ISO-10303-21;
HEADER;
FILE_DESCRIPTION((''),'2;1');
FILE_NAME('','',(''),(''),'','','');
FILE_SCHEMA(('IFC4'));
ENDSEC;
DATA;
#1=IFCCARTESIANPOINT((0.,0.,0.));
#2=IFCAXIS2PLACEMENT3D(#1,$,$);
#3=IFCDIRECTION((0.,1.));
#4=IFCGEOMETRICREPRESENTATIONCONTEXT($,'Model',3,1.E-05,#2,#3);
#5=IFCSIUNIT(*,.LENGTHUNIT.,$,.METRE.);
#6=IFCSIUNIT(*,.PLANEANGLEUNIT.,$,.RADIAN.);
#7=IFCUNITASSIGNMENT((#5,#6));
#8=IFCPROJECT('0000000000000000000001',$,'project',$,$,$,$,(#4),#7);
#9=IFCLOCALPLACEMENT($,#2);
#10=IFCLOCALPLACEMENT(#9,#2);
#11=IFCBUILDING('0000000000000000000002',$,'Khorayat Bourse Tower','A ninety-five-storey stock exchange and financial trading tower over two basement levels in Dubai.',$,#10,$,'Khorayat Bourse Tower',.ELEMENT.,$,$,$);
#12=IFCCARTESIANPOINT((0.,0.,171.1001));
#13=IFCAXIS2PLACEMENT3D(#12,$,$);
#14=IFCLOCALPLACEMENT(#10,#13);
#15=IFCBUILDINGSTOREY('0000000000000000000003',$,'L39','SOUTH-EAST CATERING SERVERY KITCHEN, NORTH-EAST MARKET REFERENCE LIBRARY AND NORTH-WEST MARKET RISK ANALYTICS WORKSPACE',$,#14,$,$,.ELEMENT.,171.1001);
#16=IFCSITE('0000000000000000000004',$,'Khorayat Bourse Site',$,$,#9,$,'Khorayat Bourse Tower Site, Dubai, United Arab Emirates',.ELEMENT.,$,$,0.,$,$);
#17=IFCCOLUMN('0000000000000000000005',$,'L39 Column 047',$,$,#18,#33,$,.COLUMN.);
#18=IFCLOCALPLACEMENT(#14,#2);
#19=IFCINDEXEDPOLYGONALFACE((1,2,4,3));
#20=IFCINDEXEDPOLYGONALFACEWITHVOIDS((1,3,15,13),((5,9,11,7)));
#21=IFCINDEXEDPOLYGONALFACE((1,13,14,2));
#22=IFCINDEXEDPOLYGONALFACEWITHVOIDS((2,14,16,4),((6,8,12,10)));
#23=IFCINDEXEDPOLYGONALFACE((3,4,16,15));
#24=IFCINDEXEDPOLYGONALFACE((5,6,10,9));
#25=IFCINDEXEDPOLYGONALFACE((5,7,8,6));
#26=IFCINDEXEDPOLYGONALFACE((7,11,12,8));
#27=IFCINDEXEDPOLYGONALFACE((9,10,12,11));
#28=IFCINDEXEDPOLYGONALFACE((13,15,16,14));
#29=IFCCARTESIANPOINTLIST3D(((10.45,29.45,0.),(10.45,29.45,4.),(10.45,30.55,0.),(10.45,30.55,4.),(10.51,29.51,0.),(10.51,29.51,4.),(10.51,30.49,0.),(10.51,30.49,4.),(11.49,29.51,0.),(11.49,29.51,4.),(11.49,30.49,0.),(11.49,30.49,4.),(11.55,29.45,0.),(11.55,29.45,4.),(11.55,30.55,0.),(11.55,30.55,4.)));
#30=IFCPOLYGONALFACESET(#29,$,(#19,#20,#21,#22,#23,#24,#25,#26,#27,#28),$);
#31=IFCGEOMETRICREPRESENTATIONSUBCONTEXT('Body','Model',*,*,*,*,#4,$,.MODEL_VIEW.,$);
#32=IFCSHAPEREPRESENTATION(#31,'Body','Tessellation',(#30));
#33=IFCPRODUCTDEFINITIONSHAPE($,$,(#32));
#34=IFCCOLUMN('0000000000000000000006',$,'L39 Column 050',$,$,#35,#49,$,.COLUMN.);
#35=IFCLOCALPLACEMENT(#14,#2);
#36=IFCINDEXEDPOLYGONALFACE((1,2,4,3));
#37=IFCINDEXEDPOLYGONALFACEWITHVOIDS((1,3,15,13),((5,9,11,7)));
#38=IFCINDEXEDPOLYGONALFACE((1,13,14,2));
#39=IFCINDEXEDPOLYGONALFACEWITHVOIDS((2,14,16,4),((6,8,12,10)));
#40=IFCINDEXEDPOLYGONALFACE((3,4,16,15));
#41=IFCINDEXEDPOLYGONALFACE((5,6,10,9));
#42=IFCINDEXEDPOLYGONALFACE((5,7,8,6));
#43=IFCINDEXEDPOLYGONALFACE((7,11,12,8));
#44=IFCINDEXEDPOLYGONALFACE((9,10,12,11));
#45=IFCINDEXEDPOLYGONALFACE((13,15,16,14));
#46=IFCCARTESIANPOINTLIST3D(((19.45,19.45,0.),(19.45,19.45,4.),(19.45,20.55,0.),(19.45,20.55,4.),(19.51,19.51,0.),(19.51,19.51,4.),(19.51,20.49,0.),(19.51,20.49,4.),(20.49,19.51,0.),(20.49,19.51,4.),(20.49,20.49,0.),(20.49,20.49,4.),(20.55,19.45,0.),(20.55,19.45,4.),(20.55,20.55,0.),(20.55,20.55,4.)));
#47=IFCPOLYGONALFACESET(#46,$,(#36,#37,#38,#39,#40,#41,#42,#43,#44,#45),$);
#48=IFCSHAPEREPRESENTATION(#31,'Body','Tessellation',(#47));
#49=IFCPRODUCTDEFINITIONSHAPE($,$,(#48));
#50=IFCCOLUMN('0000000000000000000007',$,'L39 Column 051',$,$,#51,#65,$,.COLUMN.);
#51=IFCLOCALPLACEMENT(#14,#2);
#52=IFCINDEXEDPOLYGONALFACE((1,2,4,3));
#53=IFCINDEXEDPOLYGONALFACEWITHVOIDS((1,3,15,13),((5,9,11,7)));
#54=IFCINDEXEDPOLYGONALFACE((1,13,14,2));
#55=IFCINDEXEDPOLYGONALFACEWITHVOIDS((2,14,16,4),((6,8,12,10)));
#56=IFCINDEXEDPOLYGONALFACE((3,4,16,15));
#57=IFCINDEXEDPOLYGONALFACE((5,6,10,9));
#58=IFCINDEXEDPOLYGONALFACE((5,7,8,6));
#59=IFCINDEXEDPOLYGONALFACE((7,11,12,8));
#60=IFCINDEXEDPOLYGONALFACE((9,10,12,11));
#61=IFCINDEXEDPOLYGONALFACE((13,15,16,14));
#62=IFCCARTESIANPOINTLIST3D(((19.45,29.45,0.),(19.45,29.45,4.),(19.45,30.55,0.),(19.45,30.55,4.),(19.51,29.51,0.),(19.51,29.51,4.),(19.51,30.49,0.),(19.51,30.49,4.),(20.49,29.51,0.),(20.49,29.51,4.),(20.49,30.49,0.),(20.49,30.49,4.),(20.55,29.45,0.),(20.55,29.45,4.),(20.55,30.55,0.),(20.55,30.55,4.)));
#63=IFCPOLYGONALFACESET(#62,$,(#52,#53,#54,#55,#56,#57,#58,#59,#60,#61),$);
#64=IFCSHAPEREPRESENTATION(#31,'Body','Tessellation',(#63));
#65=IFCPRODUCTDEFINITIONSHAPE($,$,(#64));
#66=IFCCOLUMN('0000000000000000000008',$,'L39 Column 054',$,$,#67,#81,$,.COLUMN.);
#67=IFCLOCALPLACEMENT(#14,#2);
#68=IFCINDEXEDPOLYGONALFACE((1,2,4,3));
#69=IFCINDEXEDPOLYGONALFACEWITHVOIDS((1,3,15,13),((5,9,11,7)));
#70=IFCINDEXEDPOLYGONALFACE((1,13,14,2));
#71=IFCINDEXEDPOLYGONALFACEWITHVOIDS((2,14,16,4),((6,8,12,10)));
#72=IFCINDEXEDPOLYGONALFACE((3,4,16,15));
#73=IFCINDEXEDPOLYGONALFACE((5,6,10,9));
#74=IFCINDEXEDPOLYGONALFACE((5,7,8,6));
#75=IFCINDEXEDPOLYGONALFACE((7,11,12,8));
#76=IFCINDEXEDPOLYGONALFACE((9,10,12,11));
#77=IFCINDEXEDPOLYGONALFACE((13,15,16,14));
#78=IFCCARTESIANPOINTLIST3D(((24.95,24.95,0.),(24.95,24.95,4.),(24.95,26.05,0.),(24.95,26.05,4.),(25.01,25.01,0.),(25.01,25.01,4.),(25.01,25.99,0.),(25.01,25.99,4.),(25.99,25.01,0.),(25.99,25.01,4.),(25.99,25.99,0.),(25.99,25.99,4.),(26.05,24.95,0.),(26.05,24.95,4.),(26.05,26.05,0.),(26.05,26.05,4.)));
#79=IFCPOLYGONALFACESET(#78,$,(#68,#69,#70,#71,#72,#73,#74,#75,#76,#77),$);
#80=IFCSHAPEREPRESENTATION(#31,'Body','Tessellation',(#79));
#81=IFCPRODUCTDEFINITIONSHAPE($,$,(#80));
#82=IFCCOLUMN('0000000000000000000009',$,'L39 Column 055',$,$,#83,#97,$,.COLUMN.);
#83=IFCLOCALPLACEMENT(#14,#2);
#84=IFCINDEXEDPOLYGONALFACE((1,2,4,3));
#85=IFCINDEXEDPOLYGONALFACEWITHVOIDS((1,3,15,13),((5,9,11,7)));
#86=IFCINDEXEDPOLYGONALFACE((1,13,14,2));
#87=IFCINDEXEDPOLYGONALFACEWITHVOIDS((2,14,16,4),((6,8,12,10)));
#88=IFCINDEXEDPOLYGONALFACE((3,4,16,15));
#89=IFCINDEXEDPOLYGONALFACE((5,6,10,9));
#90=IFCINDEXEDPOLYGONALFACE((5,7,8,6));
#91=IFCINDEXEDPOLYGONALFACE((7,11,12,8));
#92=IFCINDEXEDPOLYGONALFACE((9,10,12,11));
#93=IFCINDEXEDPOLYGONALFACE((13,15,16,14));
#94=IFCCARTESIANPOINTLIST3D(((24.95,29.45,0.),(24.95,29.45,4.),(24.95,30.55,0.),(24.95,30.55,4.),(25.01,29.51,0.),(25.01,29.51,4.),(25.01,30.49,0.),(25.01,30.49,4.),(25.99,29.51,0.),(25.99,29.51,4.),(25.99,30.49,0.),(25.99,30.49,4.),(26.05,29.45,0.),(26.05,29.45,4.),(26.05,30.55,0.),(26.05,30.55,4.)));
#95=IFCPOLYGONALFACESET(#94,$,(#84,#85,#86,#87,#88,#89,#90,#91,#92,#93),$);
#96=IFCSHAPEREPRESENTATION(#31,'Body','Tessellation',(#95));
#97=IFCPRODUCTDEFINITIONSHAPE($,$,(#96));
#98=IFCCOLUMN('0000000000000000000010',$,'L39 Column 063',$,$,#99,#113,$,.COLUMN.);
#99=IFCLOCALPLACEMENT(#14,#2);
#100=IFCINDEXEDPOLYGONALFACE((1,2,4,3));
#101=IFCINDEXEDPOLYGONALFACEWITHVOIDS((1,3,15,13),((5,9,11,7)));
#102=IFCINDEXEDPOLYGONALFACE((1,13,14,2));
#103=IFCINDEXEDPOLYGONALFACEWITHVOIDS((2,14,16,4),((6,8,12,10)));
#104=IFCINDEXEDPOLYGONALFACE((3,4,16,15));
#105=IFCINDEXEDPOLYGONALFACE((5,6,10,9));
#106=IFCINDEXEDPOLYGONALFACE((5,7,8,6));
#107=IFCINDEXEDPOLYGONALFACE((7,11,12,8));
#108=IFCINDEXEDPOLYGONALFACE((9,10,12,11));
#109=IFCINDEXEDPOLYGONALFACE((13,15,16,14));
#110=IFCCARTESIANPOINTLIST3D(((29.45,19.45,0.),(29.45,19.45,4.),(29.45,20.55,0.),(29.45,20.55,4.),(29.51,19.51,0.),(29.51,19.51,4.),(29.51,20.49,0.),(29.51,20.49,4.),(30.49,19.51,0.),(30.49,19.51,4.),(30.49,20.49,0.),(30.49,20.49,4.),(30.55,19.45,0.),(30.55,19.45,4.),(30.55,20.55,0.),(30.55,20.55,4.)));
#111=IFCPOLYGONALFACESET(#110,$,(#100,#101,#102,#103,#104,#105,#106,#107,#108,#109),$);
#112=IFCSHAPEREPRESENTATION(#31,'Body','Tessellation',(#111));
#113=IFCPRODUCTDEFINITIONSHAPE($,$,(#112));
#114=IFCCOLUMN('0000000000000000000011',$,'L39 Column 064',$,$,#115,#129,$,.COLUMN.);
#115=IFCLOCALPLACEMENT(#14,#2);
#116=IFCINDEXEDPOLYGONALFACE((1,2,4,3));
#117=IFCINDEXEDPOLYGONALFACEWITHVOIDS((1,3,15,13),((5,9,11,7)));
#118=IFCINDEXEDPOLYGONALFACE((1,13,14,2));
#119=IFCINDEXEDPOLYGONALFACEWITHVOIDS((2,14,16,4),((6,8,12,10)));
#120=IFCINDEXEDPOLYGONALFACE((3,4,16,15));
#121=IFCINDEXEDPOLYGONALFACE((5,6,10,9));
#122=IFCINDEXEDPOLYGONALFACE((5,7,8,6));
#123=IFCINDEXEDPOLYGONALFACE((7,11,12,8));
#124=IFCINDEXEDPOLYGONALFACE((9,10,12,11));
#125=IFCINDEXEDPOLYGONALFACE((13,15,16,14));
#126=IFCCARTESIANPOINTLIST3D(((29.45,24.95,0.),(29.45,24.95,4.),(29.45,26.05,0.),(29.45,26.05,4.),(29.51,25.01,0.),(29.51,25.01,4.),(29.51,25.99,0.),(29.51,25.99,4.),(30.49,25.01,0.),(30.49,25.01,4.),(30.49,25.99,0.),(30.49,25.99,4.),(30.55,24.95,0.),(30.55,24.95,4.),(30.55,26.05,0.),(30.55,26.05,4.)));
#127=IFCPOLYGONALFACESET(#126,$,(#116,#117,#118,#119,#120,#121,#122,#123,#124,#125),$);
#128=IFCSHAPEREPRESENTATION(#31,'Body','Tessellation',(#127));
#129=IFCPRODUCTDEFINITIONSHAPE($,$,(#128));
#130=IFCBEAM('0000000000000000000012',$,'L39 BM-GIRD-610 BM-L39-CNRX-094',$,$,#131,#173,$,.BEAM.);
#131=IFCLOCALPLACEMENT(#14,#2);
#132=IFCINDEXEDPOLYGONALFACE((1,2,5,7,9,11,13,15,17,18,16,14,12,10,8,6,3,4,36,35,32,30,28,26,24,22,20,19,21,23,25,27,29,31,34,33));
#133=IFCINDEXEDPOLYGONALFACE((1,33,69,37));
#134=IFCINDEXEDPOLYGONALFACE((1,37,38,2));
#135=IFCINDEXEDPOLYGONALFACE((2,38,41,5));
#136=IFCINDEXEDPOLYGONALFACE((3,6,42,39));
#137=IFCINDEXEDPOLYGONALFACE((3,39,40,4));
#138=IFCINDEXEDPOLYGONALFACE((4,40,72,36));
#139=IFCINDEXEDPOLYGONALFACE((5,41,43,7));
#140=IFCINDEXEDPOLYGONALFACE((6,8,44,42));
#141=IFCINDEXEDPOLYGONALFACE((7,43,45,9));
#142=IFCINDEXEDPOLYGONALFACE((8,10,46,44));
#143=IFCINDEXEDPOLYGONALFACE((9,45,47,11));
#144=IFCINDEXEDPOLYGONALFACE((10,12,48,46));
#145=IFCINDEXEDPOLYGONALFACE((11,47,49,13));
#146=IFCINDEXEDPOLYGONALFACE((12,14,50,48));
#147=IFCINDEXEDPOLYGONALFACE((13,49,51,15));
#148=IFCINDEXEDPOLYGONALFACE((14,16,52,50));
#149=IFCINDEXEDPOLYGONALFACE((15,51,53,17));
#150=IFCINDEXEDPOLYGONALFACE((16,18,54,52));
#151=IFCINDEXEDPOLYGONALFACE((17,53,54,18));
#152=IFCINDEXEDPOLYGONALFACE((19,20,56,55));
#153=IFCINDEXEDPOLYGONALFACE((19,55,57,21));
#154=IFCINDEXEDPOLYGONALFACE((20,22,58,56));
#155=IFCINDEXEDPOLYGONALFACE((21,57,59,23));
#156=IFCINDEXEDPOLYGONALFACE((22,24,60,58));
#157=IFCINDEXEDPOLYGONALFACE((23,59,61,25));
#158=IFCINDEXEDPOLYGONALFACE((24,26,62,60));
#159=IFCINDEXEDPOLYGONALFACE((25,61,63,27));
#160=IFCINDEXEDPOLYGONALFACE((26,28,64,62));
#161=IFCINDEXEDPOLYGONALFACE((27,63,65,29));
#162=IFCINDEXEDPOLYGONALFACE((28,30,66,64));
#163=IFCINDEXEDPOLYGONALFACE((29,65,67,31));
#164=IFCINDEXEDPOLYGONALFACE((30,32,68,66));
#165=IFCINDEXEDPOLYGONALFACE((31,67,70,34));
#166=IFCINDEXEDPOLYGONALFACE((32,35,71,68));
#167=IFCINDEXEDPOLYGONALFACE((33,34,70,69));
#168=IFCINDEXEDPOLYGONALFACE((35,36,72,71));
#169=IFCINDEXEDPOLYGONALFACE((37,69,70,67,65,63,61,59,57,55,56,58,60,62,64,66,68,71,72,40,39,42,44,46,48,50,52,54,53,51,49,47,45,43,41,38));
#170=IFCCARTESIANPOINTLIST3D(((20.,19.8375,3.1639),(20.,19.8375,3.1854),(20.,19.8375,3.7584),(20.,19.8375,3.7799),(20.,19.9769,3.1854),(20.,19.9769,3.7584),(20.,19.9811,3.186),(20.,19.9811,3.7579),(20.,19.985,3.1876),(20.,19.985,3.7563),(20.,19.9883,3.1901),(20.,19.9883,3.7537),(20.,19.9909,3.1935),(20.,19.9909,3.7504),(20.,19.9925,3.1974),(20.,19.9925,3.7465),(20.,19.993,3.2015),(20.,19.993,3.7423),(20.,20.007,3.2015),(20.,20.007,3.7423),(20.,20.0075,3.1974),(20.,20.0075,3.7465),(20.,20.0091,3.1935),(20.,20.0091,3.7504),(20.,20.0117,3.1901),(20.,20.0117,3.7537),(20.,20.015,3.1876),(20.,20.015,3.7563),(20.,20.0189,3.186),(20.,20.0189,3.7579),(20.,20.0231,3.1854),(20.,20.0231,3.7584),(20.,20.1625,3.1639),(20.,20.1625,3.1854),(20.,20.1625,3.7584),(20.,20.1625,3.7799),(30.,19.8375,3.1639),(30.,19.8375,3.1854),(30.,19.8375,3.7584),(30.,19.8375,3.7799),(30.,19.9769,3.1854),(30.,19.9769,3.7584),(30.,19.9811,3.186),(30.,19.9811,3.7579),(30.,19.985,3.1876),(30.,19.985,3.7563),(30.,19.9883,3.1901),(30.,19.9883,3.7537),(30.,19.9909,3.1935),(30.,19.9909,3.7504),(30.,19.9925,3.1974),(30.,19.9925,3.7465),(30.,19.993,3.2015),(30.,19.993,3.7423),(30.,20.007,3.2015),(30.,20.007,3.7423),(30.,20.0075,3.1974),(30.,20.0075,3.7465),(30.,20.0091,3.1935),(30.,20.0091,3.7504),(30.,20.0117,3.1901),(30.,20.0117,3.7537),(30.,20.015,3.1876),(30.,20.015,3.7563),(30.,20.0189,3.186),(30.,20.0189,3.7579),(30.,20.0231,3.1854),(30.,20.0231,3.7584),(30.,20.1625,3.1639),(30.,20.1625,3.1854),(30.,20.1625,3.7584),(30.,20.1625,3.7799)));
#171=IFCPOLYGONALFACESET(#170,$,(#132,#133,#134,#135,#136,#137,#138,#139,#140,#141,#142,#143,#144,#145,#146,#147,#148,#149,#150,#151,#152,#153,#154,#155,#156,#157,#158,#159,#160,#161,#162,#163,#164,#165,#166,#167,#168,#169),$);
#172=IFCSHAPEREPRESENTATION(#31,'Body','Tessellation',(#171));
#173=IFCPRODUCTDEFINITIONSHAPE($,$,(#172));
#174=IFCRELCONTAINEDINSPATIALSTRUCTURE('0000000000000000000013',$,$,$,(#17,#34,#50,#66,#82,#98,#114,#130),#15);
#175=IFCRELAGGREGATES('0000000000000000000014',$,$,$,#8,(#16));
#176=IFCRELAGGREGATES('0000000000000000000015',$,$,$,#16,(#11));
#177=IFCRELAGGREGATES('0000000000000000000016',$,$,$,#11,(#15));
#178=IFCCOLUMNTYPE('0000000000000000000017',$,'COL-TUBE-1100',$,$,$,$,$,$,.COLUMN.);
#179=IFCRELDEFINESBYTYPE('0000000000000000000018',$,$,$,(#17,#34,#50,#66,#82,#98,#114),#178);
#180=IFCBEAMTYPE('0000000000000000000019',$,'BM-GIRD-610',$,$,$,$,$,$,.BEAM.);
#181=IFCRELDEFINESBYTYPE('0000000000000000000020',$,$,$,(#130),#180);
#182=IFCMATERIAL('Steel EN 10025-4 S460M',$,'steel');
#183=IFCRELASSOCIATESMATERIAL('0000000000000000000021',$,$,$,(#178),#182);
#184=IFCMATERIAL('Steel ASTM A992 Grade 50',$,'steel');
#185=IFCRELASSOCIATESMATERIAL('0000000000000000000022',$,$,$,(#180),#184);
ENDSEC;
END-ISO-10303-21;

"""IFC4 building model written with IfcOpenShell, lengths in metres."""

from ifc_helpers import new_model, si_unit, direction, frame, origin, origin_2d, place, context, subcontext, project, spatial, hollow_rectangle, i_section, extrude, source, transform, mapped, material, material_profile, profile_set, type_object, element, save


model = new_model("IFC4")

# Units and contexts
model_context = context("Model", 3, precision=1e-05, world=origin(), true_north=direction((0.0, 1.0)))
body_context = subcontext(model_context, "Body", "Model", "MODEL_VIEW")
ifc_project = project(units=[si_unit("LENGTHUNIT", "METRE"), si_unit("PLANEANGLEUNIT", "RADIAN")], contexts=[model_context])

# Site, building, storey
site_placement = place(None, origin())
site = spatial("IfcSite", under=ifc_project, at=site_placement, Name="Khorayat Bourse Site", LongName="Khorayat Bourse Tower Site, Dubai, United Arab Emirates", CompositionType="ELEMENT", RefElevation=0.0)
building_placement = place(site_placement, origin())
building = spatial("IfcBuilding", under=site, at=building_placement, Name="Khorayat Bourse Tower", Description="A ninety-five-storey stock exchange and financial trading tower over two basement levels in Dubai.", LongName="Khorayat Bourse Tower", CompositionType="ELEMENT")
storey_placement = place(building_placement, frame((0.0, 0.0, 171.1001)))
storey = spatial("IfcBuildingStorey", under=building, at=storey_placement, Name="L39", Description="SOUTH-EAST CATERING SERVERY KITCHEN, NORTH-EAST MARKET REFERENCE LIBRARY AND NORTH-WEST MARKET RISK ANALYTICS WORKSPACE", CompositionType="ELEMENT", Elevation=171.1001)

# Columns
ifc_material_1 = material(Name="Steel EN 10025-4 S460M", Category="steel")
ifc_material_profile_1 = material_profile(ifc_material_1, hollow_rectangle(XDim=1.1001, YDim=1.1001, WallThickness=0.0601, at=origin_2d()), Name="BOX 1100x1100x60")
ifc_profile_set_1 = profile_set([ifc_material_profile_1], Name="Steel EN 10025-4 S460M")
column_type = type_object("IfcColumnType", Name="COL-TUBE-1100", PredefinedType="COLUMN", material=ifc_profile_set_1)
shared_shape_1 = source(origin(), body_context, "Body", "SweptSolid", [
    extrude(hollow_rectangle(XDim=1.1001, YDim=1.1001, WallThickness=0.0601, at=origin_2d()), origin(), (0.0, 0.0, 1.0), 4.0),
])
for number, where, z_axis, x_axis, name in (
    (1, (11.0, 30.0, 0.0), (0.0, 0.0, 1.0), (1.0, 0.0, 0.0), "L39 Column 047"),
    (2, (20.0, 20.0, 0.0), (0.0, 0.0, 1.0), (1.0, 0.0, 0.0), "L39 Column 050"),
    (3, (20.0, 30.0, 0.0), (0.0, 0.0, 1.0), (1.0, 0.0, 0.0), "L39 Column 051"),
    (4, (25.5, 25.5, 0.0), (0.0, 0.0, 1.0), (1.0, 0.0, 0.0), "L39 Column 054"),
    (5, (25.5, 30.0, 0.0), (0.0, 0.0, 1.0), (1.0, 0.0, 0.0), "L39 Column 055"),
    (6, (30.0, 20.0, 0.0), (0.0, 0.0, 1.0), (1.0, 0.0, 0.0), "L39 Column 063"),
    (7, (30.0, 25.5, 0.0), (0.0, 0.0, 1.0), (1.0, 0.0, 0.0), "L39 Column 064"),
):
    element("IfcColumn", number, at=place(storey_placement, frame(where, z_axis=z_axis, x_axis=x_axis)), inside=storey, type_object=column_type, Name=name, PredefinedType="COLUMN", context=body_context, shape_type="MappedRepresentation", body=[
        mapped(shared_shape_1, transform((0.0, 0.0, 0.0), scale=1.0)),
    ])

# Beam
ifc_material_2 = material(Name="Steel ASTM A992 Grade 50", Category="steel")
ifc_material_profile_2 = material_profile(ifc_material_2, i_section(OverallWidth=0.325, OverallDepth=0.616, WebThickness=0.0139, FlangeThickness=0.0215, FilletRadius=0.0161, at=origin_2d()), Name="W610X174")
ifc_profile_set_2 = profile_set([ifc_material_profile_2], Name="Steel ASTM A992 Grade 50")
beam_type_1 = type_object("IfcBeamType", Name="BM-GIRD-610", PredefinedType="BEAM", material=ifc_profile_set_2)
shared_shape_2 = source(origin(), body_context, "Body", "SweptSolid", [
    extrude(i_section(OverallWidth=0.325, OverallDepth=0.616, WebThickness=0.0139, FlangeThickness=0.0215, FilletRadius=0.0161, at=origin_2d()), origin(), (0.0, 0.0, 1.0), 10.0),
])
beam_1_placement = place(storey_placement, frame((20.0, 20.0, 3.4719), z_axis=(1.0, 0.0, 0.0), x_axis=(0.0, 1.0, 0.0)))
element("IfcBeam", 8, at=beam_1_placement, inside=storey, type_object=beam_type_1, Name="L39 BM-GIRD-610 BM-L39-CNRX-094", PredefinedType="BEAM", context=body_context, shape_type="MappedRepresentation", body=[
    mapped(shared_shape_2, transform((0.0, 0.0, 0.0), scale=1.0)),
])

save(model, "model.ifc")
